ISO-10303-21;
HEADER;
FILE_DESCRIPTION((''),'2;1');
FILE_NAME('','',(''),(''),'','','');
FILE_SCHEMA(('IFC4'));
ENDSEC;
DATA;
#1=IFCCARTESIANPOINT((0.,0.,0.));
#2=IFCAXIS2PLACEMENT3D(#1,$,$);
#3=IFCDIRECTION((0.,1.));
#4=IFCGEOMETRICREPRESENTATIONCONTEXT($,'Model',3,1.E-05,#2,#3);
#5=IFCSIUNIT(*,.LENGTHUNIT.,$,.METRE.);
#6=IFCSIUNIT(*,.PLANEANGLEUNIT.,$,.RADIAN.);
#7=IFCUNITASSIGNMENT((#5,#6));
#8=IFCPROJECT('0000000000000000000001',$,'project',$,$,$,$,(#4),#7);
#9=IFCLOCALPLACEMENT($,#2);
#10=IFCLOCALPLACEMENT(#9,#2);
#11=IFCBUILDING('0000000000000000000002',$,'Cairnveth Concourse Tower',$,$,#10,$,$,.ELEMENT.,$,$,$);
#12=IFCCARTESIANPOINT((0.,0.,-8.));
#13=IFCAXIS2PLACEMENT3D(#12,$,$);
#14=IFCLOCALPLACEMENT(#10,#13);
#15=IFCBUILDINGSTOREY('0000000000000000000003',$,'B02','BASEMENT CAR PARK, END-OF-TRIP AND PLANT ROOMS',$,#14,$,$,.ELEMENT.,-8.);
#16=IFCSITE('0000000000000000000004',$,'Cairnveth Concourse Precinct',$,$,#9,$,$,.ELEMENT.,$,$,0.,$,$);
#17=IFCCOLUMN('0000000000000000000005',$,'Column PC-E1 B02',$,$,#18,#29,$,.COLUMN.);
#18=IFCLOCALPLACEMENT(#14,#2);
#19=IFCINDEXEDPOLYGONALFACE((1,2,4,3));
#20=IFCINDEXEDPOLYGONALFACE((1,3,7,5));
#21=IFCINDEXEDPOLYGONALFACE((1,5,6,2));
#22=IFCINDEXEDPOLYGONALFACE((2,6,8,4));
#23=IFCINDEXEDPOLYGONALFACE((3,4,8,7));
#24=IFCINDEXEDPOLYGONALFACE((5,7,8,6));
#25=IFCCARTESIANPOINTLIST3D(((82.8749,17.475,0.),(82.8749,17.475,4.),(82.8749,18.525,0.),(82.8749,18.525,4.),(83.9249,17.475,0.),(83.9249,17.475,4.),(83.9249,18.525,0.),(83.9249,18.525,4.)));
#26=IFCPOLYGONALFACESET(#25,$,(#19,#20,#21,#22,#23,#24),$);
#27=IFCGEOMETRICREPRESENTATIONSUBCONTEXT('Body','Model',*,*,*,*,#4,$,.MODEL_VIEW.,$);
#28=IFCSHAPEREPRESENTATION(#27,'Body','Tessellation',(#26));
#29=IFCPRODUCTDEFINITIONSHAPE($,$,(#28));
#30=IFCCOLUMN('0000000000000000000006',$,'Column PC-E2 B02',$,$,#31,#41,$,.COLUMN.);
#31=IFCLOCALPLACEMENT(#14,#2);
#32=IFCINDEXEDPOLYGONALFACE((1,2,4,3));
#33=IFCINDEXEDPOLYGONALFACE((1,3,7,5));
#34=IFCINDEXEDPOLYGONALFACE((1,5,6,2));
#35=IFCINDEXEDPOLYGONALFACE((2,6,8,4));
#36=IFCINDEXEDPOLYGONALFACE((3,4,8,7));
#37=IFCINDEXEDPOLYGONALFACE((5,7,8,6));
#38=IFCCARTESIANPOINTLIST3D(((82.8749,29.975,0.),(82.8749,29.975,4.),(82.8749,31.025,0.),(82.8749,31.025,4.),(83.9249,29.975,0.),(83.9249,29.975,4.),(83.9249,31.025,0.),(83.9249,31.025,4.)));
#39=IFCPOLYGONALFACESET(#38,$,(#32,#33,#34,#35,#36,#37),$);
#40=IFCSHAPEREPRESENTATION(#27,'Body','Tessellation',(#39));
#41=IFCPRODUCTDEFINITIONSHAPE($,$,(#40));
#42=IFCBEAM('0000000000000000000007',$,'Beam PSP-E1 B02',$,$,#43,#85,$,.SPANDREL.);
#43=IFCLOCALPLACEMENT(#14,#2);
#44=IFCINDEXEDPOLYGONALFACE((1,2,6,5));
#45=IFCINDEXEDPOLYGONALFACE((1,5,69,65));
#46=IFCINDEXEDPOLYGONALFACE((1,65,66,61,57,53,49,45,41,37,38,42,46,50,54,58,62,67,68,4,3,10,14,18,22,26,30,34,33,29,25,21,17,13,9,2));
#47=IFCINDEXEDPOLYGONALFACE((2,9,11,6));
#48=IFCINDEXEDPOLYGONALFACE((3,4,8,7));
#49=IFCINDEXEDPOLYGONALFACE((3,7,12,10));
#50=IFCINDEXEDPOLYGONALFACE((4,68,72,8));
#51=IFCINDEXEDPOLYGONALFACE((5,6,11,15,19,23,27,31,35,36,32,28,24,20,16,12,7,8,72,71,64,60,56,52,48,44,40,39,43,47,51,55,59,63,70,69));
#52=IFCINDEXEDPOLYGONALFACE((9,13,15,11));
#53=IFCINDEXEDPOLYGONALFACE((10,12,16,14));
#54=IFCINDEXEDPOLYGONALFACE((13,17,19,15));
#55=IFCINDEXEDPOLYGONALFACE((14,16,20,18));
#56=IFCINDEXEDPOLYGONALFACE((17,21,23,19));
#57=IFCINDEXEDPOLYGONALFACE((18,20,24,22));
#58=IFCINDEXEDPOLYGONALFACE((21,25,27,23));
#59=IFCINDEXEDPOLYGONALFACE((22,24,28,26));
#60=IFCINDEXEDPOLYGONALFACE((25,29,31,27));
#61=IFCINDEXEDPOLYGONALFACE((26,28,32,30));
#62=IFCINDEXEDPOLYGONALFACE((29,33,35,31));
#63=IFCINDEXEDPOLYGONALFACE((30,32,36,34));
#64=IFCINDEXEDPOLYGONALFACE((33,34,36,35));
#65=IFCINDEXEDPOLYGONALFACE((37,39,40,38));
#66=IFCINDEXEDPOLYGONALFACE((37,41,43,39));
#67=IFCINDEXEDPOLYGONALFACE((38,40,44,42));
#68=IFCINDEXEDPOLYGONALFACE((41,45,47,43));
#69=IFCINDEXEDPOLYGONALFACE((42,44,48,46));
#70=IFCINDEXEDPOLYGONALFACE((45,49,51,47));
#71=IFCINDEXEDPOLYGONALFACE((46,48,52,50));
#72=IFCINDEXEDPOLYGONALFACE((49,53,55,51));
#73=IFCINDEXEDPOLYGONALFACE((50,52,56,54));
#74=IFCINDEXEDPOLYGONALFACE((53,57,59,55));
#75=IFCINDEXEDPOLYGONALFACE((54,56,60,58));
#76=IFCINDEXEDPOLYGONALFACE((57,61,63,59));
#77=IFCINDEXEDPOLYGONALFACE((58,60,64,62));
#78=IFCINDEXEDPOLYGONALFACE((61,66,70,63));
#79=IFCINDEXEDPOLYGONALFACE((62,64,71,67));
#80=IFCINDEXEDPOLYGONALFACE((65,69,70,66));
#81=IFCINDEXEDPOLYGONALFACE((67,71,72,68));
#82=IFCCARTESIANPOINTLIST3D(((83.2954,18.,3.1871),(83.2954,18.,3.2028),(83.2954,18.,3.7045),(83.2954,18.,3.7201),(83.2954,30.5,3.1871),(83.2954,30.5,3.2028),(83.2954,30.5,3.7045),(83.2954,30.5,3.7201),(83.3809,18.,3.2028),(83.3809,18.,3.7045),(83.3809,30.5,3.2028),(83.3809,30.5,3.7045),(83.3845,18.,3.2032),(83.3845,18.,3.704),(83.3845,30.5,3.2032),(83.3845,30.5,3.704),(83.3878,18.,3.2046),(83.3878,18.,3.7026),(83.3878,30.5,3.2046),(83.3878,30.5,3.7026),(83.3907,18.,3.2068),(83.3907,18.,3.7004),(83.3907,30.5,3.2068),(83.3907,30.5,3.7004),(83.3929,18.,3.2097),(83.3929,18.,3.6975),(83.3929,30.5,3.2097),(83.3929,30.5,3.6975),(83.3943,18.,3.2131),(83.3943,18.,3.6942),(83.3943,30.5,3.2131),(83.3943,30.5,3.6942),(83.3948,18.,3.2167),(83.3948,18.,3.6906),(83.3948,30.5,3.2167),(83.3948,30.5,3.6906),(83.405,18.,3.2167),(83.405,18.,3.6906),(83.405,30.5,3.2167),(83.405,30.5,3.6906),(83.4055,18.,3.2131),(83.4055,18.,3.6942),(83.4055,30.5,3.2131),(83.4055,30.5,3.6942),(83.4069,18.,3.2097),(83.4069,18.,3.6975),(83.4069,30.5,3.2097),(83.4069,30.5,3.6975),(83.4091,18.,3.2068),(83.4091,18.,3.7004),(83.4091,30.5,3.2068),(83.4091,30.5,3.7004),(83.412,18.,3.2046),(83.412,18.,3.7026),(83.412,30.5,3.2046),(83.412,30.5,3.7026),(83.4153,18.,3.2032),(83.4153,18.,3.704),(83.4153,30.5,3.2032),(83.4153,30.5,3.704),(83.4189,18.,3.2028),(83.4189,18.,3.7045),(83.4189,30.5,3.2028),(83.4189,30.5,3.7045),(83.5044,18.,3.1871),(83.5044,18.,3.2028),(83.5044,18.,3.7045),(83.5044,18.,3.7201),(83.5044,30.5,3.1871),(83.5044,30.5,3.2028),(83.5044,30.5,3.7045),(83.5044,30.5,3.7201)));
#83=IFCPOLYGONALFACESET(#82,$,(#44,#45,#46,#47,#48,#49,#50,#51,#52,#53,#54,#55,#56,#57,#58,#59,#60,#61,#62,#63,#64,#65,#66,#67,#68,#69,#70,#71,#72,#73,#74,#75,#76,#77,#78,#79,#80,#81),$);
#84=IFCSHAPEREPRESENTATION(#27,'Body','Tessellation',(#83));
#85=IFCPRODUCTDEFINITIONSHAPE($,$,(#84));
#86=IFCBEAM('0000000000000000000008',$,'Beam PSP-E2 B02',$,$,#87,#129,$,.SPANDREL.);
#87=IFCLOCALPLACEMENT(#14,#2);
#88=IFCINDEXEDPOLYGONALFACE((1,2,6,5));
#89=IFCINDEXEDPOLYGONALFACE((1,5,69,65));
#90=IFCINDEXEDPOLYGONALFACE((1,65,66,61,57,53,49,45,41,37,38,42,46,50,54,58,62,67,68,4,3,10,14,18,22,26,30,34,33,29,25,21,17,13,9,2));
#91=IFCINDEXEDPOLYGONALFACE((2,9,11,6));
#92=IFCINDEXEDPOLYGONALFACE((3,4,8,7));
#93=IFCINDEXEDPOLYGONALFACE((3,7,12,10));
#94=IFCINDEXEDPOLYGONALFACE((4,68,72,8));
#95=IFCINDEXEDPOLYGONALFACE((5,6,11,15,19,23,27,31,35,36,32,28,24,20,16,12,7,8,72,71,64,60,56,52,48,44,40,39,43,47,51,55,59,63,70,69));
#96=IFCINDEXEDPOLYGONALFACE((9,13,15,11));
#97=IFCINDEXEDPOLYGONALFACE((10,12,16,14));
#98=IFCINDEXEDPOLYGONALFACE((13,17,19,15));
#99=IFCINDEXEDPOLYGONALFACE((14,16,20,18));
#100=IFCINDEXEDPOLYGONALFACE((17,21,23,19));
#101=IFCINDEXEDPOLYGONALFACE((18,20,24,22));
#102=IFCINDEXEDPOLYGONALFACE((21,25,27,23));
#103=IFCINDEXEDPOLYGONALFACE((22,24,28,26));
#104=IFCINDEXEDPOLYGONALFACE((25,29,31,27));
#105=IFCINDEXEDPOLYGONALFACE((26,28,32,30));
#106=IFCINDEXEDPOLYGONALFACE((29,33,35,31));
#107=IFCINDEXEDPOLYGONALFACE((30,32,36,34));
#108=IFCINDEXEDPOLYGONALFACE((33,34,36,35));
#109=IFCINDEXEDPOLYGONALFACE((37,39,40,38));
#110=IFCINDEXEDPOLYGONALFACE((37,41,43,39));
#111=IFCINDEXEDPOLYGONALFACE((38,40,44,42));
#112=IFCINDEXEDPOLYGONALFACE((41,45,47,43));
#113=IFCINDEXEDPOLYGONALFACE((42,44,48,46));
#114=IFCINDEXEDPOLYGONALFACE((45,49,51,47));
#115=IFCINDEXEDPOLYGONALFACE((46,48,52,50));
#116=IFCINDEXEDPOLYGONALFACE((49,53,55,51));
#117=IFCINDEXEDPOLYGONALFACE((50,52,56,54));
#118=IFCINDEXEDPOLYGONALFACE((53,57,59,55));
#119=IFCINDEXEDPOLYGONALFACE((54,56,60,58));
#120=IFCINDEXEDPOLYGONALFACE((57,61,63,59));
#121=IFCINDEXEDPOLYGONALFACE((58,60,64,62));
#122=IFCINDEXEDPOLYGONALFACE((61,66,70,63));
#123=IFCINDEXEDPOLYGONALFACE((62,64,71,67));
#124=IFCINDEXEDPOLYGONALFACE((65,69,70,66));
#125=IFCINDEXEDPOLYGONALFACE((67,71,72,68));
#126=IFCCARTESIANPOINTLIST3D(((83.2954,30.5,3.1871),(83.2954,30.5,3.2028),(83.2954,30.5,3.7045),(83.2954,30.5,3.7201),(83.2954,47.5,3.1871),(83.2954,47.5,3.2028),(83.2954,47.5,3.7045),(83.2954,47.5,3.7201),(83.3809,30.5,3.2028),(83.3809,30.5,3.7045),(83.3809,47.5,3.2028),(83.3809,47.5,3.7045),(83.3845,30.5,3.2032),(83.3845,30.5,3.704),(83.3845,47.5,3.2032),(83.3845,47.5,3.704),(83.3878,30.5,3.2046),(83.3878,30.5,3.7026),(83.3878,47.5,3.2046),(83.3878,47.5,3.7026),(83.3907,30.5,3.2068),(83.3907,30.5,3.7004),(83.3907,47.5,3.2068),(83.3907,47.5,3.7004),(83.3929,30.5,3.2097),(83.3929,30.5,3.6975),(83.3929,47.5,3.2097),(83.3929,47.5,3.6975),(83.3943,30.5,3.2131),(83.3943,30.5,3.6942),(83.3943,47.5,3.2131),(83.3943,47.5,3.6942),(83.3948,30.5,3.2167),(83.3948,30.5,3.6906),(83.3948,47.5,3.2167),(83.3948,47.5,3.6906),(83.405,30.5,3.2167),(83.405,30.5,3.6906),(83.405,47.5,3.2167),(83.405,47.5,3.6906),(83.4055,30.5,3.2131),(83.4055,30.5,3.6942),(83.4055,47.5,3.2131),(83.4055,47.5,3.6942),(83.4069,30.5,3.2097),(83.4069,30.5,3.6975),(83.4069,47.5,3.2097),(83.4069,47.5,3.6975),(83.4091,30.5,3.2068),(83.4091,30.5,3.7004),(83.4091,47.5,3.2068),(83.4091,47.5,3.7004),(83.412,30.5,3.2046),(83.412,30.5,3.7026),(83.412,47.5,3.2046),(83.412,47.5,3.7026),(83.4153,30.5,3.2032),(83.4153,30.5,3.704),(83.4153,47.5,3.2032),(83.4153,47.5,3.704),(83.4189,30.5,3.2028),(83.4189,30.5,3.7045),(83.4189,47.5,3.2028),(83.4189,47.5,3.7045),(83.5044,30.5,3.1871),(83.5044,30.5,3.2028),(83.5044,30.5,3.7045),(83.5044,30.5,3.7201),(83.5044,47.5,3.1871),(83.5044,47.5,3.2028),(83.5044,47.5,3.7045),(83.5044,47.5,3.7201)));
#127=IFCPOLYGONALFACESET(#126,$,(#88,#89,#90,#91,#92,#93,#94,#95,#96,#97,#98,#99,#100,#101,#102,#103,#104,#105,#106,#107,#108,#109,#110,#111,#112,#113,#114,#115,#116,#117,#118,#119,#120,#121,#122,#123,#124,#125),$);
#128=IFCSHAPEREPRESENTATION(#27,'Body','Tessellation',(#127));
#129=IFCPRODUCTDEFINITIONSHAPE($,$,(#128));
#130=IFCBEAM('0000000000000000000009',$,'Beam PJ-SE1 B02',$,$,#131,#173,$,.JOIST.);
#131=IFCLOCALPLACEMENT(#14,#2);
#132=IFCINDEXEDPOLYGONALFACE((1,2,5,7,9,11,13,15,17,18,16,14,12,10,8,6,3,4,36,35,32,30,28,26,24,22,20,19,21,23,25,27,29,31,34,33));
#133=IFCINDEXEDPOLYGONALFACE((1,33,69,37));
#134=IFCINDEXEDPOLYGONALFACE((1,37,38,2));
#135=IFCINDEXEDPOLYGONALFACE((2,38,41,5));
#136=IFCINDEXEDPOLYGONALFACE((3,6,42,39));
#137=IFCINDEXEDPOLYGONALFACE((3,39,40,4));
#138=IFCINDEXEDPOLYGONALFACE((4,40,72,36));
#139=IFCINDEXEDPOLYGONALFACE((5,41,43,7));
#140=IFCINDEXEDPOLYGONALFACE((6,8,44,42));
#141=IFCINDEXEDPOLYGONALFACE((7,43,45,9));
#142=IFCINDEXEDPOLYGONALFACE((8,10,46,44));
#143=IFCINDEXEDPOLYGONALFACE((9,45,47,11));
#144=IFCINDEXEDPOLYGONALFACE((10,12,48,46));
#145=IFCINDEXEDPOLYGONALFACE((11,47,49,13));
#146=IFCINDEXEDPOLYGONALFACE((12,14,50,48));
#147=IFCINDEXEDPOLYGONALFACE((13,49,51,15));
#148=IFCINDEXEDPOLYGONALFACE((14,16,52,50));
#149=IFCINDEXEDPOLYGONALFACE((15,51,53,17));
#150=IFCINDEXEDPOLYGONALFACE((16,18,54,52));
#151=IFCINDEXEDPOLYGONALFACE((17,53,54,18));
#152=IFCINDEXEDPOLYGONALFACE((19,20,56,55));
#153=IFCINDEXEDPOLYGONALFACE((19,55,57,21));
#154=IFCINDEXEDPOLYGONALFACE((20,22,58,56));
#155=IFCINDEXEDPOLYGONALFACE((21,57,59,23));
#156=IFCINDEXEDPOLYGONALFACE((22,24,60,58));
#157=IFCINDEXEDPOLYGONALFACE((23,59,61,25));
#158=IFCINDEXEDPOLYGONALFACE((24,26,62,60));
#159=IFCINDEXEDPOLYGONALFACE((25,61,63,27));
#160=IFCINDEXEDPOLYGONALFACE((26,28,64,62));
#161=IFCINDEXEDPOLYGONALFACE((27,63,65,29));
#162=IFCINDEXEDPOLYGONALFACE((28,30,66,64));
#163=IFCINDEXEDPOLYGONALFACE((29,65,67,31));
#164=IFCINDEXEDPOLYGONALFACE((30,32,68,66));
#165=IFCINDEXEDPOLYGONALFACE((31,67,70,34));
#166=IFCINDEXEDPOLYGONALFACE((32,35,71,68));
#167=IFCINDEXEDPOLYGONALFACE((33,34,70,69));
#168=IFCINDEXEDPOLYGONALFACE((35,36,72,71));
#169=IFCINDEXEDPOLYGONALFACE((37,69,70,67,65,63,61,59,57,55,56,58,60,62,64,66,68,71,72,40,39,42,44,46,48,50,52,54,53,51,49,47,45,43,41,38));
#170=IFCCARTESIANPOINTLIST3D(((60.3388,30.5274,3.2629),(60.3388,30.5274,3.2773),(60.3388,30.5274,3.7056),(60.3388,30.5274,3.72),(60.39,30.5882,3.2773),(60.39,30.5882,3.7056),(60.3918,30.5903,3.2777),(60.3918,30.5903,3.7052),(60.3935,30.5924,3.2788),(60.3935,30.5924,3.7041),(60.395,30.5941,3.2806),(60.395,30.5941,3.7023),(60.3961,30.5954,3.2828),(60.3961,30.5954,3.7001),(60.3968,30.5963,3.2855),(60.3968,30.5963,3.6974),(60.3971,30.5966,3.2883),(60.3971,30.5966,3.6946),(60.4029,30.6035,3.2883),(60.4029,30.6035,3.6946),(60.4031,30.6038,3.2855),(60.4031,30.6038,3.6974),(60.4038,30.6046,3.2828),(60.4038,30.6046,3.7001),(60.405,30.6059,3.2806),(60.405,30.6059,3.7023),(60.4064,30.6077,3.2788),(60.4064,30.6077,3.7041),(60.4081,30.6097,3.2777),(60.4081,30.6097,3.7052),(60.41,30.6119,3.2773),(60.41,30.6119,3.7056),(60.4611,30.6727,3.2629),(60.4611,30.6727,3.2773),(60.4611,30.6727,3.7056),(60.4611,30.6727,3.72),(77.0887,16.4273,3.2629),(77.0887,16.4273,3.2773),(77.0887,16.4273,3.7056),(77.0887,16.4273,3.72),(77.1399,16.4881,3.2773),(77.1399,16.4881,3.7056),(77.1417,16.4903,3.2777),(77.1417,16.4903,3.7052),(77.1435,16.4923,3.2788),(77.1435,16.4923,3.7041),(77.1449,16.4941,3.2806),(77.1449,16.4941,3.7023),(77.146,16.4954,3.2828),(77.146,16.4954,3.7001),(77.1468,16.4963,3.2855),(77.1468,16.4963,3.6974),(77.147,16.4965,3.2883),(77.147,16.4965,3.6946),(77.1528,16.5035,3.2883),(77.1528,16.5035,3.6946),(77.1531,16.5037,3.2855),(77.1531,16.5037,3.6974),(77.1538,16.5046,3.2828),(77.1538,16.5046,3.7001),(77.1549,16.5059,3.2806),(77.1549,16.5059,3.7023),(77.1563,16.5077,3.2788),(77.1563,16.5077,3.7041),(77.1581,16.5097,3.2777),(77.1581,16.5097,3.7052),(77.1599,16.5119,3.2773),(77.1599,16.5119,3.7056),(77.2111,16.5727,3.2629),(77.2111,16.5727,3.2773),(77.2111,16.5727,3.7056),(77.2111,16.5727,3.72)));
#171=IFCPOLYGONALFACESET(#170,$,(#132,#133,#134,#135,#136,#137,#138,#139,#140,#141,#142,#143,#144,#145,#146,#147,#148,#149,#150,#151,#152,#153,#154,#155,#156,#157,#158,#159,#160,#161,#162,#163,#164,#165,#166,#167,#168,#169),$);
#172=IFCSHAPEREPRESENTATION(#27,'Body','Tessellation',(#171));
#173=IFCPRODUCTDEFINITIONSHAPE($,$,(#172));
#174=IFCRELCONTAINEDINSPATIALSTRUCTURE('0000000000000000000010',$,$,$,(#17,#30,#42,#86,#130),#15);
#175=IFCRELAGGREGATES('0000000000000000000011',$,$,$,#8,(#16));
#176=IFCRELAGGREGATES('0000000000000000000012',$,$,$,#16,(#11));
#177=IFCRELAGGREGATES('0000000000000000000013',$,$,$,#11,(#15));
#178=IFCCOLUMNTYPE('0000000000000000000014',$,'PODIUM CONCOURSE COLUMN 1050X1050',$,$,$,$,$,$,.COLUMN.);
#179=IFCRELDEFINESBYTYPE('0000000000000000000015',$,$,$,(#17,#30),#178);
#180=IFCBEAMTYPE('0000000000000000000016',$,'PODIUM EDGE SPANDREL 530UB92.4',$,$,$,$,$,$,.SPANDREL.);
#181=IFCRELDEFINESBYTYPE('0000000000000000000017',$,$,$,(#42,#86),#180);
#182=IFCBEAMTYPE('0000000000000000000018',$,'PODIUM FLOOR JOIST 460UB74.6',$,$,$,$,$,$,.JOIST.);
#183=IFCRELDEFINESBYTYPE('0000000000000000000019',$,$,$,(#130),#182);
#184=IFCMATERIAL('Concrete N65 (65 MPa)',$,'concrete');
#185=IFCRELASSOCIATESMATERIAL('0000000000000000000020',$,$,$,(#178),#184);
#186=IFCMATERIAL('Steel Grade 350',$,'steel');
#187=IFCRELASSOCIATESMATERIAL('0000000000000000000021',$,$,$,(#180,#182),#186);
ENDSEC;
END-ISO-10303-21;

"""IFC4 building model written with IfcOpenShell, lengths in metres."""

from ifc_helpers import new_model, si_unit, direction, frame, origin, origin_2d, place, context, subcontext, project, spatial, rectangle, i_section, extrude, material, material_profile, profile_set, type_object, element, save


model = new_model("IFC4")

# Units and contexts
model_context = context("Model", 3, precision=1e-05, world=origin(), true_north=direction((0.0, 1.0)))
body_context = subcontext(model_context, "Body", "Model", "MODEL_VIEW")
ifc_project = project(units=[si_unit("LENGTHUNIT", "METRE"), si_unit("PLANEANGLEUNIT", "RADIAN")], contexts=[model_context])

# Site, building, storey
site_placement = place(None, origin())
site = spatial("IfcSite", under=ifc_project, at=site_placement, Name="Cairnveth Concourse Precinct", CompositionType="ELEMENT", RefElevation=0.0)
building_placement = place(site_placement, origin())
building = spatial("IfcBuilding", under=site, at=building_placement, Name="Cairnveth Concourse Tower", CompositionType="ELEMENT")
storey_placement = place(building_placement, frame((0.0, 0.0, -8.0)))
storey = spatial("IfcBuildingStorey", under=building, at=storey_placement, Name="B02", Description="BASEMENT CAR PARK, END-OF-TRIP AND PLANT ROOMS", CompositionType="ELEMENT", Elevation=-8.0)

# Shared definitions
ifc_material_1 = material(Name="Concrete N65 (65 MPa)", Category="concrete")

# Columns
ifc_material_profile_1 = material_profile(ifc_material_1, rectangle(XDim=1.05, YDim=1.05, at=origin_2d()), Name="RC-COL-1050x1050")
ifc_profile_set_1 = profile_set([ifc_material_profile_1], Name="Concrete N65 (65 MPa)")
column_type_1 = type_object("IfcColumnType", Name="PODIUM CONCOURSE COLUMN 1050X1050", PredefinedType="COLUMN", material=ifc_profile_set_1)
for number, where, z_axis, x_axis, name in (
    (1, (83.3999, 18.0, 0.0), (0.0, 0.0, 1.0), (1.0, 0.0, 0.0), "Column PC-E1 B02"),
    (2, (83.3999, 30.5, 0.0), (0.0, 0.0, 1.0), (1.0, 0.0, 0.0), "Column PC-E2 B02"),
):
    element("IfcColumn", number, at=place(storey_placement, frame(where, z_axis=z_axis, x_axis=x_axis)), inside=storey, type_object=column_type_1, Name=name, PredefinedType="COLUMN", context=body_context, shape_type="SweptSolid", body=[
        extrude(rectangle(XDim=1.05, YDim=1.05, at=origin_2d()), origin(), (0.0, 0.0, 1.0), 4.0),
    ])

# Beams
ifc_material_2 = material(Name="Steel Grade 350", Category="steel")
ifc_material_profile_2 = material_profile(ifc_material_2, i_section(OverallWidth=0.209, OverallDepth=0.533, WebThickness=0.0103, FlangeThickness=0.0156, FilletRadius=0.0139, at=origin_2d()), Name="530UB92.4")
ifc_profile_set_2 = profile_set([ifc_material_profile_2], Name="Steel Grade 350")
beam_type_1 = type_object("IfcBeamType", Name="PODIUM EDGE SPANDREL 530UB92.4", PredefinedType="SPANDREL", material=ifc_profile_set_2)
beam_1_placement = place(storey_placement, frame((83.3999, 18.0, 3.4536), z_axis=(0.0, 1.0, 0.0), x_axis=(-1.0, 0.0, 0.0)))
element("IfcBeam", 3, at=beam_1_placement, inside=storey, type_object=beam_type_1, Name="Beam PSP-E1 B02", PredefinedType="SPANDREL", context=body_context, shape_type="SweptSolid", body=[
    extrude(i_section(OverallWidth=0.209, OverallDepth=0.533, WebThickness=0.0103, FlangeThickness=0.0156, FilletRadius=0.0139, at=origin_2d()), origin(), (0.0, 0.0, 1.0), 12.5),
])
beam_2_placement = place(storey_placement, frame((83.3999, 30.5, 3.4536), z_axis=(0.0, 1.0, 0.0), x_axis=(-1.0, 0.0, 0.0)))
element("IfcBeam", 4, at=beam_2_placement, inside=storey, type_object=beam_type_1, Name="Beam PSP-E2 B02", PredefinedType="SPANDREL", context=body_context, shape_type="SweptSolid", body=[
    extrude(i_section(OverallWidth=0.209, OverallDepth=0.533, WebThickness=0.0103, FlangeThickness=0.0156, FilletRadius=0.0139, at=origin_2d()), origin(), (0.0, 0.0, 1.0), 17.0),
])
ifc_material_profile_3 = material_profile(ifc_material_2, i_section(OverallWidth=0.1899, OverallDepth=0.457, WebThickness=0.009, FlangeThickness=0.0144, FilletRadius=0.011, at=origin_2d()), Name="460UB74.6")
ifc_profile_set_3 = profile_set([ifc_material_profile_3], Name="Steel Grade 350")
beam_type_2 = type_object("IfcBeamType", Name="PODIUM FLOOR JOIST 460UB74.6", PredefinedType="JOIST", material=ifc_profile_set_3)
beam_3_placement = place(storey_placement, frame((77.1499, 16.5, 3.4915), z_axis=(-0.765027, 0.643998, 0.0), x_axis=(-0.643998, -0.765027, 0.0)))
element("IfcBeam", 5, at=beam_3_placement, inside=storey, type_object=beam_type_2, Name="Beam PJ-SE1 B02", PredefinedType="JOIST", context=body_context, shape_type="SweptSolid", body=[
    extrude(i_section(OverallWidth=0.1899, OverallDepth=0.457, WebThickness=0.009, FlangeThickness=0.0144, FilletRadius=0.011, at=origin_2d()), origin(), (0.0, 0.0, 1.0), 21.8945),
])

save(model, "model.ifc")
